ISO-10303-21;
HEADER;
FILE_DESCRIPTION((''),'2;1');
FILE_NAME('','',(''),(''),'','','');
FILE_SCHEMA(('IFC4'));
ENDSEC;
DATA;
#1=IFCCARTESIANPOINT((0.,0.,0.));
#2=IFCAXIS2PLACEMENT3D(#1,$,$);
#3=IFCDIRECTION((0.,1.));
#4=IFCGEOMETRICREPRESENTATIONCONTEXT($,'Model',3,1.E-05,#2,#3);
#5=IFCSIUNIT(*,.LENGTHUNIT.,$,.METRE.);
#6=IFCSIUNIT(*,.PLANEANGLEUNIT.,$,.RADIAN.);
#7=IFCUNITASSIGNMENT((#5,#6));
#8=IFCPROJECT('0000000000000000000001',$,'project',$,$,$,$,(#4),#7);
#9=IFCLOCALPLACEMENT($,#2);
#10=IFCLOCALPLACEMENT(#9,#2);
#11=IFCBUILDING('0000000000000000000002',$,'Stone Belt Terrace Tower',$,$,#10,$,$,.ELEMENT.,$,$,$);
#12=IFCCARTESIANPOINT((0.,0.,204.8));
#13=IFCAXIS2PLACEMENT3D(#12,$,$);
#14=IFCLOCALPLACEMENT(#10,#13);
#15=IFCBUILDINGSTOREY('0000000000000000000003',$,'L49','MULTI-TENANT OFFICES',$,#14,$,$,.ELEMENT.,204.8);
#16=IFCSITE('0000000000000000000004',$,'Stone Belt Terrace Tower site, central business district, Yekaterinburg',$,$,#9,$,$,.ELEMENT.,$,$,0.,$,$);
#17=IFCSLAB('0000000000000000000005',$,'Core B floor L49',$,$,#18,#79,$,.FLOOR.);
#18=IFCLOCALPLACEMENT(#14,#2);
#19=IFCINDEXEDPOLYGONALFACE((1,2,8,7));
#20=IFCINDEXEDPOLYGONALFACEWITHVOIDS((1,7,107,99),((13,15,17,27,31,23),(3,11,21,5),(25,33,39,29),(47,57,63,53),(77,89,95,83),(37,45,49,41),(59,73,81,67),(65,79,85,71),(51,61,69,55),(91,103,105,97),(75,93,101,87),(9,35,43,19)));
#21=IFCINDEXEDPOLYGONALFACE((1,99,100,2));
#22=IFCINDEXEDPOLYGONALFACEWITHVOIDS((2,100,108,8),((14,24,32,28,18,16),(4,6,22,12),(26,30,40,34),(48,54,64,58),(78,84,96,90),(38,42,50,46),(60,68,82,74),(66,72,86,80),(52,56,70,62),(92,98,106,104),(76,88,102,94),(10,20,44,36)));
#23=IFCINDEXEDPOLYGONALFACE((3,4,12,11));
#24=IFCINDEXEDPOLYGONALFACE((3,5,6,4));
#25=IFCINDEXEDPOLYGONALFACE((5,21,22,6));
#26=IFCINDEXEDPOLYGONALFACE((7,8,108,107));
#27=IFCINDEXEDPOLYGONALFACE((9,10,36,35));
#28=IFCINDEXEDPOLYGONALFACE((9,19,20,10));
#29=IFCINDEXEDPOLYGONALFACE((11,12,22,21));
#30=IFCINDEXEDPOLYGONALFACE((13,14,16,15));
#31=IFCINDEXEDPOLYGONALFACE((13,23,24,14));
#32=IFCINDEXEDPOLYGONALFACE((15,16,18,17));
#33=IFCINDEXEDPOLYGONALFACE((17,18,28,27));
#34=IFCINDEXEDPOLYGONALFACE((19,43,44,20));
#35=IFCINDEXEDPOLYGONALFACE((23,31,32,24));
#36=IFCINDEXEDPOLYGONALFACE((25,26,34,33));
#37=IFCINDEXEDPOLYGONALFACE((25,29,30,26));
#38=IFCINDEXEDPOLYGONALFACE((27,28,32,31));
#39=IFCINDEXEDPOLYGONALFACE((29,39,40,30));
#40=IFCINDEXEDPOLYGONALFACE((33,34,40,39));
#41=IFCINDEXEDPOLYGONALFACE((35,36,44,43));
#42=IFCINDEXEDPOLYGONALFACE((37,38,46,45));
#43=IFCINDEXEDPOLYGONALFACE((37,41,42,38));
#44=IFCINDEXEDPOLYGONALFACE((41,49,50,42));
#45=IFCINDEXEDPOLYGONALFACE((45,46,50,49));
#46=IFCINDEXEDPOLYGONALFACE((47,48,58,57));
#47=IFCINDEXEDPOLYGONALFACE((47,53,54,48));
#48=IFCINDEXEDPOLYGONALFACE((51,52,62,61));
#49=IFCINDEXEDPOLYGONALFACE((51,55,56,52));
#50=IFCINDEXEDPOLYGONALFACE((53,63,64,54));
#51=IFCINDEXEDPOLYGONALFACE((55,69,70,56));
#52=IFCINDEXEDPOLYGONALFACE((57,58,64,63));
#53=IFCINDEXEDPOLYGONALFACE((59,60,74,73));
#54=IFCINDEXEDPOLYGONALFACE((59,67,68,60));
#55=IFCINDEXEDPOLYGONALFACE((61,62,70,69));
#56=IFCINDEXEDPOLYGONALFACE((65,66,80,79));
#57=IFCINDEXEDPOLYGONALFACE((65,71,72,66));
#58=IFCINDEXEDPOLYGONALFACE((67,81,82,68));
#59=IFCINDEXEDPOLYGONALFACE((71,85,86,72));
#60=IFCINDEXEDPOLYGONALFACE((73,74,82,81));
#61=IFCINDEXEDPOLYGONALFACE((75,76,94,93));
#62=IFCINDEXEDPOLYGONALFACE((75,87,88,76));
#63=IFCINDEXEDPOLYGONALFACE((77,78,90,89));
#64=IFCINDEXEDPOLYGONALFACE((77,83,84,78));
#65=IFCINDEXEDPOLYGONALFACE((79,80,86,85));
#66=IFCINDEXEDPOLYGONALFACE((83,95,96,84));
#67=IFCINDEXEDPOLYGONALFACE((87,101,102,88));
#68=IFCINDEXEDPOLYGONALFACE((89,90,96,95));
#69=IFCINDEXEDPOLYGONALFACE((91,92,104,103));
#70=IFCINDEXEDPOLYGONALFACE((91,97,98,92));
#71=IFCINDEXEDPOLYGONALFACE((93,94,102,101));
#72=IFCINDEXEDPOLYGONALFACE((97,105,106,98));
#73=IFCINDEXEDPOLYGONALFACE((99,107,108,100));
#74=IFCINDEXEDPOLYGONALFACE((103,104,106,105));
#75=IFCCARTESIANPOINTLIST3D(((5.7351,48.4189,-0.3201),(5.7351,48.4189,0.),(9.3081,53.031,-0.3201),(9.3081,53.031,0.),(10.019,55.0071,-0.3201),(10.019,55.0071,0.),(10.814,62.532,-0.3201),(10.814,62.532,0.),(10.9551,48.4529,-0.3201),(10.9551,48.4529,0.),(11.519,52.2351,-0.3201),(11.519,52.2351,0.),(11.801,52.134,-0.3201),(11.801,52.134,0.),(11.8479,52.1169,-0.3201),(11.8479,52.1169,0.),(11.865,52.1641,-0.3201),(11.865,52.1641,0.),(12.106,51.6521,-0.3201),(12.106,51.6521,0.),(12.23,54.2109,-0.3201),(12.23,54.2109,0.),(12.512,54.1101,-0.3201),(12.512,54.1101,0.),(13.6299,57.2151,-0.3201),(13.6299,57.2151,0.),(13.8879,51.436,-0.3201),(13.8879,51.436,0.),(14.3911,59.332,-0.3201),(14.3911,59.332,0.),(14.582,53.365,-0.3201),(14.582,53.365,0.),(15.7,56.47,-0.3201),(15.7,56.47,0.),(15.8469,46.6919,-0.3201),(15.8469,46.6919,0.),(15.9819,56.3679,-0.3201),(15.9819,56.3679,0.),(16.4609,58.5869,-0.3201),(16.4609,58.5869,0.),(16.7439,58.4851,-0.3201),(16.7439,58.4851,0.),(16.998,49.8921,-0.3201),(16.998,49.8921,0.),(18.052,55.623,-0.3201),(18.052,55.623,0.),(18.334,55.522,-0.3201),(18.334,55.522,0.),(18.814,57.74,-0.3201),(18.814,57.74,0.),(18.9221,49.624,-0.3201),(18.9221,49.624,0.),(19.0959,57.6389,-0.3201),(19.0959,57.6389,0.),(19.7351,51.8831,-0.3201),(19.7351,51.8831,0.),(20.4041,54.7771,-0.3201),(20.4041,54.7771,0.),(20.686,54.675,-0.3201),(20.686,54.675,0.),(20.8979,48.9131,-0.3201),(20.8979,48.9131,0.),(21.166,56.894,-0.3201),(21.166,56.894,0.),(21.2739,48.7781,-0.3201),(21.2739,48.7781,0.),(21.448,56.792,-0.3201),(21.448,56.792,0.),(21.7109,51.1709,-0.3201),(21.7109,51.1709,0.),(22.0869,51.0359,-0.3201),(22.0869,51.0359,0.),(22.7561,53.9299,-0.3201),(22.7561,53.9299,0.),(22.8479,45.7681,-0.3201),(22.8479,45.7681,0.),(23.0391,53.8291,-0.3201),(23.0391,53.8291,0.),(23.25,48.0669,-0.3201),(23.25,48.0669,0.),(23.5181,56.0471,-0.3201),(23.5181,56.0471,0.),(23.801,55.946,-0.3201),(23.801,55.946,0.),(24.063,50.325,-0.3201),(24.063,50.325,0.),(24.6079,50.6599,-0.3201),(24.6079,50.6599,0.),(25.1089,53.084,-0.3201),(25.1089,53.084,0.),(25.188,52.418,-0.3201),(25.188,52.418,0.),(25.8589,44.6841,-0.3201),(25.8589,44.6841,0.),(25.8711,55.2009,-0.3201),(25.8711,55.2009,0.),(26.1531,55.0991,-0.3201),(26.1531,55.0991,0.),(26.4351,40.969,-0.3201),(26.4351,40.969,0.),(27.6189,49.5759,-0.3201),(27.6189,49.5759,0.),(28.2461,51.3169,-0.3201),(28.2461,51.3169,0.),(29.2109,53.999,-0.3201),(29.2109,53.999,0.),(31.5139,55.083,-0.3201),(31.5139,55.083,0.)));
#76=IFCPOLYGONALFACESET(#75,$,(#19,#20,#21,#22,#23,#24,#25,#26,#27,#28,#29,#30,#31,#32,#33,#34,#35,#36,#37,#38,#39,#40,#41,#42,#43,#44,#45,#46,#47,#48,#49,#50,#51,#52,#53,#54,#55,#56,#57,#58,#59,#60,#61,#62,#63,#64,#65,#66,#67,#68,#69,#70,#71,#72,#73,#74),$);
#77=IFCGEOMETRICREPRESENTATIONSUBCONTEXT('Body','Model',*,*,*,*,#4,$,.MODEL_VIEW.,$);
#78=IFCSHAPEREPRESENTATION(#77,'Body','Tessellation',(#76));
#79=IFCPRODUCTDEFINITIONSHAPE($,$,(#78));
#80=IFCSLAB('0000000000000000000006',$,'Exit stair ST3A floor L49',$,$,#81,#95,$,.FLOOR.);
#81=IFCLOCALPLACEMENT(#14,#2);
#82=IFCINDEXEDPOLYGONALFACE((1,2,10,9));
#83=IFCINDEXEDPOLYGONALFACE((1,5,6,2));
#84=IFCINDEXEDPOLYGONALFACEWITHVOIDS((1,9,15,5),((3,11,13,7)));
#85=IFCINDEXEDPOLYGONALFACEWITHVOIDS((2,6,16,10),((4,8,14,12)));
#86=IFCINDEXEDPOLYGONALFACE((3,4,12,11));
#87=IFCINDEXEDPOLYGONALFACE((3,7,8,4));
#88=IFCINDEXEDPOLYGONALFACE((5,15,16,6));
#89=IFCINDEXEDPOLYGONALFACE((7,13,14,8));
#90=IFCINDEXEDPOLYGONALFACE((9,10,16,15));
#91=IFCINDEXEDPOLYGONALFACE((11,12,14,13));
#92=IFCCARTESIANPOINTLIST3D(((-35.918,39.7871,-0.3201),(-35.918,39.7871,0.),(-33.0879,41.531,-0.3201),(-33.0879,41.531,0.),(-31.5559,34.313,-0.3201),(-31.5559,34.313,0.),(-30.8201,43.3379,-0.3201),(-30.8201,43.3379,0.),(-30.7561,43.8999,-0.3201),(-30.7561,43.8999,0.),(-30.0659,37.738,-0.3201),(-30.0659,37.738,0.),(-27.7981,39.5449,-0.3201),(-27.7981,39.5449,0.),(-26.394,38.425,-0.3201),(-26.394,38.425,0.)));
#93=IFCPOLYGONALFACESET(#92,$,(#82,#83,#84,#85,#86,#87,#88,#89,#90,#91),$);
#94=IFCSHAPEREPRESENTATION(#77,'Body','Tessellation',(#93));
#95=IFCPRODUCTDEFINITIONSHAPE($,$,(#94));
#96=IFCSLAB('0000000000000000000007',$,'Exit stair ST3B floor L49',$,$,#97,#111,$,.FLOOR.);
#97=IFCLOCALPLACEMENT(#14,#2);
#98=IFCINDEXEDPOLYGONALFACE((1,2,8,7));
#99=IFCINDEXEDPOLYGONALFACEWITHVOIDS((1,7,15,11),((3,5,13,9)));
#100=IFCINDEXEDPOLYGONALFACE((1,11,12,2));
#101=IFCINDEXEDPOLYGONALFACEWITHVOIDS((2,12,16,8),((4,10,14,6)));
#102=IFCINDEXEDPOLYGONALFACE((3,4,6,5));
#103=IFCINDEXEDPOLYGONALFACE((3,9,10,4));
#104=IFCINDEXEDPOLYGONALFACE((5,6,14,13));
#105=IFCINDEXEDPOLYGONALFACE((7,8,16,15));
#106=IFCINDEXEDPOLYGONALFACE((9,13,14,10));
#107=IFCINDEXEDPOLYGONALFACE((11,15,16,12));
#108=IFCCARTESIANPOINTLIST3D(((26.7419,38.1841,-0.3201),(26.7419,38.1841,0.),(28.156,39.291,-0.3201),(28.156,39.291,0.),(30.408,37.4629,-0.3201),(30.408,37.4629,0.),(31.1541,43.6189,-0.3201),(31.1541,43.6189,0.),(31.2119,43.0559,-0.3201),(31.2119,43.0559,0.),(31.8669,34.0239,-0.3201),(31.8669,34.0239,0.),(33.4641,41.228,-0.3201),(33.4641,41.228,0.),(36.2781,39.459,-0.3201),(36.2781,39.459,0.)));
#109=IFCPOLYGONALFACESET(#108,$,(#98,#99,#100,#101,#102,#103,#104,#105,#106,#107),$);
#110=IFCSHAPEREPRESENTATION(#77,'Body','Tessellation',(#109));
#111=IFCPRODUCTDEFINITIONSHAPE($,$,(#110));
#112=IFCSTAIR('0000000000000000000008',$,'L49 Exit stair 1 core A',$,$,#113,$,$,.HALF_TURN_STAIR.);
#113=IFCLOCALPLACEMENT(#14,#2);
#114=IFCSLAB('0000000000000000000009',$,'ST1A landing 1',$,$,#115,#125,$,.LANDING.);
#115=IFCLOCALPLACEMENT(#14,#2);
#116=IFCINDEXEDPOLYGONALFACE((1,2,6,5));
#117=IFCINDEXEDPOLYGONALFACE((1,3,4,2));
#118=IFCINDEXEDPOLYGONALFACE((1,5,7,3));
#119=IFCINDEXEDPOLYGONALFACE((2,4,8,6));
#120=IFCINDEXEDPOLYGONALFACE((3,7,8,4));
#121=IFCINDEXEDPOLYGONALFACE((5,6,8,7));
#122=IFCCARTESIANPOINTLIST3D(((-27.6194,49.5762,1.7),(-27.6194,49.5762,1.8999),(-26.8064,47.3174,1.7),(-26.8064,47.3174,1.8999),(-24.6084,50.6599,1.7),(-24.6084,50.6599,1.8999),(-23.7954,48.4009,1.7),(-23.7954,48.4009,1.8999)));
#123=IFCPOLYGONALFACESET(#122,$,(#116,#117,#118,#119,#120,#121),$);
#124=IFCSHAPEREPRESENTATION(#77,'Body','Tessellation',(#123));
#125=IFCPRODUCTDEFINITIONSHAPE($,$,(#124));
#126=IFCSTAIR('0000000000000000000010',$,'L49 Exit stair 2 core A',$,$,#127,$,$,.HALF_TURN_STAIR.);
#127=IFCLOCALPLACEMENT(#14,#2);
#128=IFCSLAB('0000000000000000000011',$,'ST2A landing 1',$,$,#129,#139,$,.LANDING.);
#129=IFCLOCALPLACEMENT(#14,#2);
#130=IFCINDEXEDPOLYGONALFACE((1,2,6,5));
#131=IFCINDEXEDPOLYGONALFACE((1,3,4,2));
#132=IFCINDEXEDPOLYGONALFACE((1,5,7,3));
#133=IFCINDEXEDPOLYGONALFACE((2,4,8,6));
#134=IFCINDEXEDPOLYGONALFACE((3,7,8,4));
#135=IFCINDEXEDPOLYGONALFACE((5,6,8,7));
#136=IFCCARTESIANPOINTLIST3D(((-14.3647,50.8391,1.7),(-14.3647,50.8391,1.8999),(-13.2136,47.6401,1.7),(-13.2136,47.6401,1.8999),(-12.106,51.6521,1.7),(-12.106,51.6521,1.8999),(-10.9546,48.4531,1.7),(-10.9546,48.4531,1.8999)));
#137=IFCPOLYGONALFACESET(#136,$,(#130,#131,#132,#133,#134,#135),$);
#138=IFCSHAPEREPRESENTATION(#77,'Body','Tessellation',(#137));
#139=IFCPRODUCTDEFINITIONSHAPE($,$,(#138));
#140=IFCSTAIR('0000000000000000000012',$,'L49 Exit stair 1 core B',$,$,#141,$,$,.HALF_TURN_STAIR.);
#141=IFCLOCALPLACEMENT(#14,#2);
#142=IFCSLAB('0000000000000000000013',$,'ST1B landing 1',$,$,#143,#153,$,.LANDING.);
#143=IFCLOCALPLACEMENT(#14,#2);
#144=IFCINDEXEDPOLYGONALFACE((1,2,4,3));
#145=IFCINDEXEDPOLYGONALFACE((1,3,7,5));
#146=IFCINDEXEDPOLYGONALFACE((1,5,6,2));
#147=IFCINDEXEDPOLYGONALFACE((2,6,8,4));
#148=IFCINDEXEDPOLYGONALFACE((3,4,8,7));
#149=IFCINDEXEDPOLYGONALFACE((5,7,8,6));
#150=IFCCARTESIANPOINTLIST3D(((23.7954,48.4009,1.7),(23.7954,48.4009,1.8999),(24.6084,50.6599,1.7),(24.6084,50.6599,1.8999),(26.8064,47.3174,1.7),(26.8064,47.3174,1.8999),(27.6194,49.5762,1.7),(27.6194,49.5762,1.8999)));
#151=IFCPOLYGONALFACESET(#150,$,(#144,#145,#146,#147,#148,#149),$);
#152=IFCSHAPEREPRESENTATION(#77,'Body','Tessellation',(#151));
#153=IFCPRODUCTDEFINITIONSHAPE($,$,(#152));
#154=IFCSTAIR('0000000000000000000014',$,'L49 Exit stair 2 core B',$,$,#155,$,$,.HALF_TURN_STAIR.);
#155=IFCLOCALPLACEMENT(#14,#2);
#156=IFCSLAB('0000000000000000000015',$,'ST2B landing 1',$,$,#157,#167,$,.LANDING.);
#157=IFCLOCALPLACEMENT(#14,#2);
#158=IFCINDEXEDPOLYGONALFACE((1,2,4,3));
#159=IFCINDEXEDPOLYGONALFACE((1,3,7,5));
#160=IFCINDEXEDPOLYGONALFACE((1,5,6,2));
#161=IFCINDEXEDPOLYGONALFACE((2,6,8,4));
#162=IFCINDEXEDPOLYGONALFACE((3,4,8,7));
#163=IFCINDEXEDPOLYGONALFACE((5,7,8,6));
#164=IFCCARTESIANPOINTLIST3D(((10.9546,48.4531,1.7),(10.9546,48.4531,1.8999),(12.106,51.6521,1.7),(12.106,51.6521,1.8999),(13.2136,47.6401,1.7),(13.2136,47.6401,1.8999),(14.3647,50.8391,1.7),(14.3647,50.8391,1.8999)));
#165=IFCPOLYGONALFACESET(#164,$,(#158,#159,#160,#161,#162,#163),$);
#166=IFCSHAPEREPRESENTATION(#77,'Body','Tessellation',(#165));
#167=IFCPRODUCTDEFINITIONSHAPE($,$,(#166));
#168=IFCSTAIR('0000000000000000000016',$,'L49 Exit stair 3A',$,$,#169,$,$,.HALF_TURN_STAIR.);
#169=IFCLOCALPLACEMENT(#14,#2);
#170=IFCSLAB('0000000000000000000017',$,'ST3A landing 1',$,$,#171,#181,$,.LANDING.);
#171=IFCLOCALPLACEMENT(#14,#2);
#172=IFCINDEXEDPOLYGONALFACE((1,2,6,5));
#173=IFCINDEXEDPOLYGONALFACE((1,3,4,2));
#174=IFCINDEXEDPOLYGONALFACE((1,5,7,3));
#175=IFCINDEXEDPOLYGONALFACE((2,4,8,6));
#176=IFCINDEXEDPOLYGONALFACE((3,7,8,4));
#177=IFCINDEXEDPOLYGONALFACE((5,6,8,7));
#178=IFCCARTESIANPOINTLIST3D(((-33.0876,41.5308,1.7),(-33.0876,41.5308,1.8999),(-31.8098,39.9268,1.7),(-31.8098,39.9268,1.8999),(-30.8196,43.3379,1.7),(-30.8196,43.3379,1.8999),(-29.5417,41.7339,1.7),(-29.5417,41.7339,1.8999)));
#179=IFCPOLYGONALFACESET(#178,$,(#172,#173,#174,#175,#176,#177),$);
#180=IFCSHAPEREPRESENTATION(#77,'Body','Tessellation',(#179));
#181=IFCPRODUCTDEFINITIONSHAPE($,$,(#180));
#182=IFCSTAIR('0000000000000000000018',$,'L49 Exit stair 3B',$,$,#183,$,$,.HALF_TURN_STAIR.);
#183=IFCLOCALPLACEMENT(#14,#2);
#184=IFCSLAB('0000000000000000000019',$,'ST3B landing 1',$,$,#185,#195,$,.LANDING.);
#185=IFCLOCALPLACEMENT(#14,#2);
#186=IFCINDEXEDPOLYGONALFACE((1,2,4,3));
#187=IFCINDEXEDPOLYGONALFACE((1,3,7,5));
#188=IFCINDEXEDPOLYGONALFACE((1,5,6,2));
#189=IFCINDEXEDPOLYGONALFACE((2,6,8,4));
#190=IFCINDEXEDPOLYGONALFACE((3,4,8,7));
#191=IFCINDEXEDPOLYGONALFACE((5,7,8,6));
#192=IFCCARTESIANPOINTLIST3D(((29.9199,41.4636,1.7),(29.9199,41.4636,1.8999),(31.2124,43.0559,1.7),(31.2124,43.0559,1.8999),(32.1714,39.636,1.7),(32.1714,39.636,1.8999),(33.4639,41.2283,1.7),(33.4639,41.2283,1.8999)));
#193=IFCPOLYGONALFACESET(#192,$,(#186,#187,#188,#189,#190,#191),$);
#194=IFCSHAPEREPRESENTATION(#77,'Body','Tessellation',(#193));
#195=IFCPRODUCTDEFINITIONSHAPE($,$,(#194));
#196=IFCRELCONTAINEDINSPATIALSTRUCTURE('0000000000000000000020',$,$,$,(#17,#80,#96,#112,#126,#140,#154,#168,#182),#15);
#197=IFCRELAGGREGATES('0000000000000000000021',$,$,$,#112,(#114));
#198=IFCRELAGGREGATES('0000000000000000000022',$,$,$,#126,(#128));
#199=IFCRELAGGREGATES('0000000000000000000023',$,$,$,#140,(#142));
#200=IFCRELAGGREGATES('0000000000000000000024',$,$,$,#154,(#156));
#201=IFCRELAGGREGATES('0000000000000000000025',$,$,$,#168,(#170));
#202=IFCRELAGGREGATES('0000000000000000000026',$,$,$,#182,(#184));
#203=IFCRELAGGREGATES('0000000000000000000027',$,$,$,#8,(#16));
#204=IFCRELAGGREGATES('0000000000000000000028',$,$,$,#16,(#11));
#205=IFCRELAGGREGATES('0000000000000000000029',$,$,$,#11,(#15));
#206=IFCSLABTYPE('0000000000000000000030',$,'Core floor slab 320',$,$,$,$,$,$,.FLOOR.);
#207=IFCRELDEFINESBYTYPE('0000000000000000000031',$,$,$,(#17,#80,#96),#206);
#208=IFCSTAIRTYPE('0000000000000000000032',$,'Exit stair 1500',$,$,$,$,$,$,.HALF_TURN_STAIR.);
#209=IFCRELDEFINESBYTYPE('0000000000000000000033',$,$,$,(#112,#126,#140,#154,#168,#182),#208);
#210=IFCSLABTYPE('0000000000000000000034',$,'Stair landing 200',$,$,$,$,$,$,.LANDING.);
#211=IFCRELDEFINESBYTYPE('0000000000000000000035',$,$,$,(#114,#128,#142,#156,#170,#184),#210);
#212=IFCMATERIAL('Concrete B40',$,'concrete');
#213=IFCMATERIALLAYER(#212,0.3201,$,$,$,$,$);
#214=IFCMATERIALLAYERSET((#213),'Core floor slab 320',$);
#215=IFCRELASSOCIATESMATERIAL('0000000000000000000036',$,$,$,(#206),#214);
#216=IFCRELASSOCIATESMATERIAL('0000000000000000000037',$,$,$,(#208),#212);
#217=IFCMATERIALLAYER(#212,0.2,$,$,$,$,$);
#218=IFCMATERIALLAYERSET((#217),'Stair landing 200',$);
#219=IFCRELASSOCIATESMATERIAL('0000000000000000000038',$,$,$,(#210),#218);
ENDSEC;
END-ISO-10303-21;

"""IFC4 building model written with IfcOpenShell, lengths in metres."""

from ifc_helpers import new_model, si_unit, direction, frame, origin, place, context, subcontext, project, spatial, polyline, outline, extrude, material, layer, layer_set, type_object, element, aggregate, save


model = new_model("IFC4")

# Units and contexts
model_context = context("Model", 3, precision=1e-05, world=origin(), true_north=direction((0.0, 1.0)))
body_context = subcontext(model_context, "Body", "Model", "MODEL_VIEW")
ifc_project = project(units=[si_unit("LENGTHUNIT", "METRE"), si_unit("PLANEANGLEUNIT", "RADIAN")], contexts=[model_context])

# Site, building, storey
site_placement = place(None, origin())
site = spatial("IfcSite", under=ifc_project, at=site_placement, Name="Stone Belt Terrace Tower site, central business district, Yekaterinburg", CompositionType="ELEMENT", RefElevation=0.0)
building_placement = place(site_placement, origin())
building = spatial("IfcBuilding", under=site, at=building_placement, Name="Stone Belt Terrace Tower", CompositionType="ELEMENT")
storey_placement = place(building_placement, frame((0.0, 0.0, 204.8)))
storey = spatial("IfcBuildingStorey", under=building, at=storey_placement, Name="L49", Description="MULTI-TENANT OFFICES", CompositionType="ELEMENT", Elevation=204.8)

# Slabs
ifc_material_1 = material(Name="Concrete B40", Category="concrete")
ifc_layer_1 = layer(ifc_material_1, 0.3201)
ifc_layer_set_1 = layer_set([ifc_layer_1], Name="Core floor slab 320")
slab_type_1 = type_object("IfcSlabType", Name="Core floor slab 320", PredefinedType="FLOOR", material=ifc_layer_set_1)
slab_1_placement = place(storey_placement, frame((0.0, 0.0, -0.3201)))
element("IfcSlab", 1, at=slab_1_placement, inside=storey, type_object=slab_type_1, Name="Core B floor L49", PredefinedType="FLOOR", context=body_context, shape_type="SweptSolid", body=[
    extrude(outline(polyline([(26.4351, 40.969), (31.5139, 55.083), (10.814, 62.532), (5.7351, 48.4189), (26.4351, 40.969)]), holes=[polyline([(12.106, 51.6521), (16.998, 49.8921), (15.8469, 46.6919), (10.9551, 48.4529), (12.106, 51.6521)]), polyline([(12.512, 54.1101), (14.582, 53.365), (13.8879, 51.436), (11.865, 52.1641), (11.8479, 52.1169), (11.801, 52.134), (12.512, 54.1101)]), polyline([(9.3081, 53.031), (10.019, 55.0071), (12.23, 54.2109), (11.519, 52.2351), (9.3081, 53.031)]), polyline([(18.334, 55.522), (19.0959, 57.6389), (21.166, 56.894), (20.4041, 54.7771), (18.334, 55.522)]), polyline([(16.7439, 58.4851), (18.814, 57.74), (18.052, 55.623), (15.9819, 56.3679), (16.7439, 58.4851)]), polyline([(14.3911, 59.332), (16.4609, 58.5869), (15.7, 56.47), (13.6299, 57.2151), (14.3911, 59.332)]), polyline([(27.6189, 49.5759), (25.8589, 44.6841), (22.8479, 45.7681), (24.6079, 50.6599), (27.6189, 49.5759)]), polyline([(23.25, 48.0669), (21.2739, 48.7781), (22.0869, 51.0359), (24.063, 50.325), (23.25, 48.0669)]), polyline([(20.8979, 48.9131), (18.9221, 49.624), (19.7351, 51.8831), (21.7109, 51.1709), (20.8979, 48.9131)]), polyline([(26.1531, 55.0991), (29.2109, 53.999), (28.2461, 51.3169), (25.188, 52.418), (26.1531, 55.0991)]), polyline([(23.801, 55.946), (25.8711, 55.2009), (25.1089, 53.084), (23.0391, 53.8291), (23.801, 55.946)]), polyline([(21.448, 56.792), (23.5181, 56.0471), (22.7561, 53.9299), (20.686, 54.675), (21.448, 56.792)])]), origin(), (0.0, 0.0, 1.0), 0.3201),
])
slab_2_placement = place(storey_placement, frame((0.0, 0.0, -0.3201)))
element("IfcSlab", 2, at=slab_2_placement, inside=storey, type_object=slab_type_1, Name="Exit stair ST3A floor L49", PredefinedType="FLOOR", context=body_context, shape_type="SweptSolid", body=[
    extrude(outline(polyline([(-26.394, 38.425), (-30.7561, 43.8999), (-35.918, 39.7871), (-31.5559, 34.313), (-26.394, 38.425)]), holes=[polyline([(-27.7981, 39.5449), (-30.0659, 37.738), (-33.0879, 41.531), (-30.8201, 43.3379), (-27.7981, 39.5449)])]), origin(), (0.0, 0.0, 1.0), 0.3201),
])
slab_3_placement = place(storey_placement, frame((0.0, 0.0, -0.3201)))
element("IfcSlab", 3, at=slab_3_placement, inside=storey, type_object=slab_type_1, Name="Exit stair ST3B floor L49", PredefinedType="FLOOR", context=body_context, shape_type="SweptSolid", body=[
    extrude(outline(polyline([(26.7419, 38.1841), (31.8669, 34.0239), (36.2781, 39.459), (31.1541, 43.6189), (26.7419, 38.1841)]), holes=[polyline([(30.408, 37.4629), (28.156, 39.291), (31.2119, 43.0559), (33.4641, 41.228), (30.408, 37.4629)])]), origin(), (0.0, 0.0, 1.0), 0.3201),
])

# Stairs, slabs
stair_type = type_object("IfcStairType", Name="Exit stair 1500", PredefinedType="HALF_TURN_STAIR", material=ifc_material_1)
stair_1_placement = place(storey_placement, origin())
stair_1 = element("IfcStair", 4, at=stair_1_placement, inside=storey, type_object=stair_type, Name="L49 Exit stair 1 core A", PredefinedType="HALF_TURN_STAIR")
ifc_layer_2 = layer(ifc_material_1, 0.2)
ifc_layer_set_2 = layer_set([ifc_layer_2], Name="Stair landing 200")
slab_type_2 = type_object("IfcSlabType", Name="Stair landing 200", PredefinedType="LANDING", material=ifc_layer_set_2)
slab_4_placement = place(storey_placement, frame((0.0, 0.0, 1.7)))
slab_4 = element("IfcSlab", 5, at=slab_4_placement, type_object=slab_type_2, Name="ST1A landing 1", PredefinedType="LANDING", context=body_context, shape_type="SweptSolid", body=[
    extrude(outline(polyline([(-23.7954, 48.4009), (-24.6084, 50.6599), (-27.6194, 49.5762), (-26.8064, 47.3174), (-23.7954, 48.4009)])), origin(), (0.0, 0.0, 1.0), 0.2),
])
aggregate(stair_1, [slab_4])
stair_2_placement = place(storey_placement, origin())
stair_2 = element("IfcStair", 6, at=stair_2_placement, inside=storey, type_object=stair_type, Name="L49 Exit stair 2 core A", PredefinedType="HALF_TURN_STAIR")
slab_5_placement = place(storey_placement, frame((0.0, 0.0, 1.7)))
slab_5 = element("IfcSlab", 7, at=slab_5_placement, type_object=slab_type_2, Name="ST2A landing 1", PredefinedType="LANDING", context=body_context, shape_type="SweptSolid", body=[
    extrude(outline(polyline([(-13.2136, 47.6401), (-10.9546, 48.4531), (-12.106, 51.6521), (-14.3647, 50.8391), (-13.2136, 47.6401)])), origin(), (0.0, 0.0, 1.0), 0.2),
])
aggregate(stair_2, [slab_5])
stair_3_placement = place(storey_placement, origin())
stair_3 = element("IfcStair", 8, at=stair_3_placement, inside=storey, type_object=stair_type, Name="L49 Exit stair 1 core B", PredefinedType="HALF_TURN_STAIR")
slab_6_placement = place(storey_placement, frame((0.0, 0.0, 1.7)))
slab_6 = element("IfcSlab", 9, at=slab_6_placement, type_object=slab_type_2, Name="ST1B landing 1", PredefinedType="LANDING", context=body_context, shape_type="SweptSolid", body=[
    extrude(outline(polyline([(26.8064, 47.3174), (27.6194, 49.5762), (24.6084, 50.6599), (23.7954, 48.4009), (26.8064, 47.3174)])), origin(), (0.0, 0.0, 1.0), 0.2),
])
aggregate(stair_3, [slab_6])
stair_4_placement = place(storey_placement, origin())
stair_4 = element("IfcStair", 10, at=stair_4_placement, inside=storey, type_object=stair_type, Name="L49 Exit stair 2 core B", PredefinedType="HALF_TURN_STAIR")
slab_7_placement = place(storey_placement, frame((0.0, 0.0, 1.7)))
slab_7 = element("IfcSlab", 11, at=slab_7_placement, type_object=slab_type_2, Name="ST2B landing 1", PredefinedType="LANDING", context=body_context, shape_type="SweptSolid", body=[
    extrude(outline(polyline([(14.3647, 50.8391), (12.106, 51.6521), (10.9546, 48.4531), (13.2136, 47.6401), (14.3647, 50.8391)])), origin(), (0.0, 0.0, 1.0), 0.2),
])
aggregate(stair_4, [slab_7])
stair_5_placement = place(storey_placement, origin())
stair_5 = element("IfcStair", 12, at=stair_5_placement, inside=storey, type_object=stair_type, Name="L49 Exit stair 3A", PredefinedType="HALF_TURN_STAIR")
slab_8_placement = place(storey_placement, frame((0.0, 0.0, 1.7)))
slab_8 = element("IfcSlab", 13, at=slab_8_placement, type_object=slab_type_2, Name="ST3A landing 1", PredefinedType="LANDING", context=body_context, shape_type="SweptSolid", body=[
    extrude(outline(polyline([(-29.5417, 41.7339), (-30.8196, 43.3379), (-33.0876, 41.5308), (-31.8098, 39.9268), (-29.5417, 41.7339)])), origin(), (0.0, 0.0, 1.0), 0.2),
])
aggregate(stair_5, [slab_8])
stair_6_placement = place(storey_placement, origin())
stair_6 = element("IfcStair", 14, at=stair_6_placement, inside=storey, type_object=stair_type, Name="L49 Exit stair 3B", PredefinedType="HALF_TURN_STAIR")
slab_9_placement = place(storey_placement, frame((0.0, 0.0, 1.7)))
slab_9 = element("IfcSlab", 15, at=slab_9_placement, type_object=slab_type_2, Name="ST3B landing 1", PredefinedType="LANDING", context=body_context, shape_type="SweptSolid", body=[
    extrude(outline(polyline([(32.1714, 39.636), (33.4639, 41.2283), (31.2124, 43.0559), (29.9199, 41.4636), (32.1714, 39.636)])), origin(), (0.0, 0.0, 1.0), 0.2),
])

aggregate(stair_6, [slab_9])

save(model, "model.ifc")
